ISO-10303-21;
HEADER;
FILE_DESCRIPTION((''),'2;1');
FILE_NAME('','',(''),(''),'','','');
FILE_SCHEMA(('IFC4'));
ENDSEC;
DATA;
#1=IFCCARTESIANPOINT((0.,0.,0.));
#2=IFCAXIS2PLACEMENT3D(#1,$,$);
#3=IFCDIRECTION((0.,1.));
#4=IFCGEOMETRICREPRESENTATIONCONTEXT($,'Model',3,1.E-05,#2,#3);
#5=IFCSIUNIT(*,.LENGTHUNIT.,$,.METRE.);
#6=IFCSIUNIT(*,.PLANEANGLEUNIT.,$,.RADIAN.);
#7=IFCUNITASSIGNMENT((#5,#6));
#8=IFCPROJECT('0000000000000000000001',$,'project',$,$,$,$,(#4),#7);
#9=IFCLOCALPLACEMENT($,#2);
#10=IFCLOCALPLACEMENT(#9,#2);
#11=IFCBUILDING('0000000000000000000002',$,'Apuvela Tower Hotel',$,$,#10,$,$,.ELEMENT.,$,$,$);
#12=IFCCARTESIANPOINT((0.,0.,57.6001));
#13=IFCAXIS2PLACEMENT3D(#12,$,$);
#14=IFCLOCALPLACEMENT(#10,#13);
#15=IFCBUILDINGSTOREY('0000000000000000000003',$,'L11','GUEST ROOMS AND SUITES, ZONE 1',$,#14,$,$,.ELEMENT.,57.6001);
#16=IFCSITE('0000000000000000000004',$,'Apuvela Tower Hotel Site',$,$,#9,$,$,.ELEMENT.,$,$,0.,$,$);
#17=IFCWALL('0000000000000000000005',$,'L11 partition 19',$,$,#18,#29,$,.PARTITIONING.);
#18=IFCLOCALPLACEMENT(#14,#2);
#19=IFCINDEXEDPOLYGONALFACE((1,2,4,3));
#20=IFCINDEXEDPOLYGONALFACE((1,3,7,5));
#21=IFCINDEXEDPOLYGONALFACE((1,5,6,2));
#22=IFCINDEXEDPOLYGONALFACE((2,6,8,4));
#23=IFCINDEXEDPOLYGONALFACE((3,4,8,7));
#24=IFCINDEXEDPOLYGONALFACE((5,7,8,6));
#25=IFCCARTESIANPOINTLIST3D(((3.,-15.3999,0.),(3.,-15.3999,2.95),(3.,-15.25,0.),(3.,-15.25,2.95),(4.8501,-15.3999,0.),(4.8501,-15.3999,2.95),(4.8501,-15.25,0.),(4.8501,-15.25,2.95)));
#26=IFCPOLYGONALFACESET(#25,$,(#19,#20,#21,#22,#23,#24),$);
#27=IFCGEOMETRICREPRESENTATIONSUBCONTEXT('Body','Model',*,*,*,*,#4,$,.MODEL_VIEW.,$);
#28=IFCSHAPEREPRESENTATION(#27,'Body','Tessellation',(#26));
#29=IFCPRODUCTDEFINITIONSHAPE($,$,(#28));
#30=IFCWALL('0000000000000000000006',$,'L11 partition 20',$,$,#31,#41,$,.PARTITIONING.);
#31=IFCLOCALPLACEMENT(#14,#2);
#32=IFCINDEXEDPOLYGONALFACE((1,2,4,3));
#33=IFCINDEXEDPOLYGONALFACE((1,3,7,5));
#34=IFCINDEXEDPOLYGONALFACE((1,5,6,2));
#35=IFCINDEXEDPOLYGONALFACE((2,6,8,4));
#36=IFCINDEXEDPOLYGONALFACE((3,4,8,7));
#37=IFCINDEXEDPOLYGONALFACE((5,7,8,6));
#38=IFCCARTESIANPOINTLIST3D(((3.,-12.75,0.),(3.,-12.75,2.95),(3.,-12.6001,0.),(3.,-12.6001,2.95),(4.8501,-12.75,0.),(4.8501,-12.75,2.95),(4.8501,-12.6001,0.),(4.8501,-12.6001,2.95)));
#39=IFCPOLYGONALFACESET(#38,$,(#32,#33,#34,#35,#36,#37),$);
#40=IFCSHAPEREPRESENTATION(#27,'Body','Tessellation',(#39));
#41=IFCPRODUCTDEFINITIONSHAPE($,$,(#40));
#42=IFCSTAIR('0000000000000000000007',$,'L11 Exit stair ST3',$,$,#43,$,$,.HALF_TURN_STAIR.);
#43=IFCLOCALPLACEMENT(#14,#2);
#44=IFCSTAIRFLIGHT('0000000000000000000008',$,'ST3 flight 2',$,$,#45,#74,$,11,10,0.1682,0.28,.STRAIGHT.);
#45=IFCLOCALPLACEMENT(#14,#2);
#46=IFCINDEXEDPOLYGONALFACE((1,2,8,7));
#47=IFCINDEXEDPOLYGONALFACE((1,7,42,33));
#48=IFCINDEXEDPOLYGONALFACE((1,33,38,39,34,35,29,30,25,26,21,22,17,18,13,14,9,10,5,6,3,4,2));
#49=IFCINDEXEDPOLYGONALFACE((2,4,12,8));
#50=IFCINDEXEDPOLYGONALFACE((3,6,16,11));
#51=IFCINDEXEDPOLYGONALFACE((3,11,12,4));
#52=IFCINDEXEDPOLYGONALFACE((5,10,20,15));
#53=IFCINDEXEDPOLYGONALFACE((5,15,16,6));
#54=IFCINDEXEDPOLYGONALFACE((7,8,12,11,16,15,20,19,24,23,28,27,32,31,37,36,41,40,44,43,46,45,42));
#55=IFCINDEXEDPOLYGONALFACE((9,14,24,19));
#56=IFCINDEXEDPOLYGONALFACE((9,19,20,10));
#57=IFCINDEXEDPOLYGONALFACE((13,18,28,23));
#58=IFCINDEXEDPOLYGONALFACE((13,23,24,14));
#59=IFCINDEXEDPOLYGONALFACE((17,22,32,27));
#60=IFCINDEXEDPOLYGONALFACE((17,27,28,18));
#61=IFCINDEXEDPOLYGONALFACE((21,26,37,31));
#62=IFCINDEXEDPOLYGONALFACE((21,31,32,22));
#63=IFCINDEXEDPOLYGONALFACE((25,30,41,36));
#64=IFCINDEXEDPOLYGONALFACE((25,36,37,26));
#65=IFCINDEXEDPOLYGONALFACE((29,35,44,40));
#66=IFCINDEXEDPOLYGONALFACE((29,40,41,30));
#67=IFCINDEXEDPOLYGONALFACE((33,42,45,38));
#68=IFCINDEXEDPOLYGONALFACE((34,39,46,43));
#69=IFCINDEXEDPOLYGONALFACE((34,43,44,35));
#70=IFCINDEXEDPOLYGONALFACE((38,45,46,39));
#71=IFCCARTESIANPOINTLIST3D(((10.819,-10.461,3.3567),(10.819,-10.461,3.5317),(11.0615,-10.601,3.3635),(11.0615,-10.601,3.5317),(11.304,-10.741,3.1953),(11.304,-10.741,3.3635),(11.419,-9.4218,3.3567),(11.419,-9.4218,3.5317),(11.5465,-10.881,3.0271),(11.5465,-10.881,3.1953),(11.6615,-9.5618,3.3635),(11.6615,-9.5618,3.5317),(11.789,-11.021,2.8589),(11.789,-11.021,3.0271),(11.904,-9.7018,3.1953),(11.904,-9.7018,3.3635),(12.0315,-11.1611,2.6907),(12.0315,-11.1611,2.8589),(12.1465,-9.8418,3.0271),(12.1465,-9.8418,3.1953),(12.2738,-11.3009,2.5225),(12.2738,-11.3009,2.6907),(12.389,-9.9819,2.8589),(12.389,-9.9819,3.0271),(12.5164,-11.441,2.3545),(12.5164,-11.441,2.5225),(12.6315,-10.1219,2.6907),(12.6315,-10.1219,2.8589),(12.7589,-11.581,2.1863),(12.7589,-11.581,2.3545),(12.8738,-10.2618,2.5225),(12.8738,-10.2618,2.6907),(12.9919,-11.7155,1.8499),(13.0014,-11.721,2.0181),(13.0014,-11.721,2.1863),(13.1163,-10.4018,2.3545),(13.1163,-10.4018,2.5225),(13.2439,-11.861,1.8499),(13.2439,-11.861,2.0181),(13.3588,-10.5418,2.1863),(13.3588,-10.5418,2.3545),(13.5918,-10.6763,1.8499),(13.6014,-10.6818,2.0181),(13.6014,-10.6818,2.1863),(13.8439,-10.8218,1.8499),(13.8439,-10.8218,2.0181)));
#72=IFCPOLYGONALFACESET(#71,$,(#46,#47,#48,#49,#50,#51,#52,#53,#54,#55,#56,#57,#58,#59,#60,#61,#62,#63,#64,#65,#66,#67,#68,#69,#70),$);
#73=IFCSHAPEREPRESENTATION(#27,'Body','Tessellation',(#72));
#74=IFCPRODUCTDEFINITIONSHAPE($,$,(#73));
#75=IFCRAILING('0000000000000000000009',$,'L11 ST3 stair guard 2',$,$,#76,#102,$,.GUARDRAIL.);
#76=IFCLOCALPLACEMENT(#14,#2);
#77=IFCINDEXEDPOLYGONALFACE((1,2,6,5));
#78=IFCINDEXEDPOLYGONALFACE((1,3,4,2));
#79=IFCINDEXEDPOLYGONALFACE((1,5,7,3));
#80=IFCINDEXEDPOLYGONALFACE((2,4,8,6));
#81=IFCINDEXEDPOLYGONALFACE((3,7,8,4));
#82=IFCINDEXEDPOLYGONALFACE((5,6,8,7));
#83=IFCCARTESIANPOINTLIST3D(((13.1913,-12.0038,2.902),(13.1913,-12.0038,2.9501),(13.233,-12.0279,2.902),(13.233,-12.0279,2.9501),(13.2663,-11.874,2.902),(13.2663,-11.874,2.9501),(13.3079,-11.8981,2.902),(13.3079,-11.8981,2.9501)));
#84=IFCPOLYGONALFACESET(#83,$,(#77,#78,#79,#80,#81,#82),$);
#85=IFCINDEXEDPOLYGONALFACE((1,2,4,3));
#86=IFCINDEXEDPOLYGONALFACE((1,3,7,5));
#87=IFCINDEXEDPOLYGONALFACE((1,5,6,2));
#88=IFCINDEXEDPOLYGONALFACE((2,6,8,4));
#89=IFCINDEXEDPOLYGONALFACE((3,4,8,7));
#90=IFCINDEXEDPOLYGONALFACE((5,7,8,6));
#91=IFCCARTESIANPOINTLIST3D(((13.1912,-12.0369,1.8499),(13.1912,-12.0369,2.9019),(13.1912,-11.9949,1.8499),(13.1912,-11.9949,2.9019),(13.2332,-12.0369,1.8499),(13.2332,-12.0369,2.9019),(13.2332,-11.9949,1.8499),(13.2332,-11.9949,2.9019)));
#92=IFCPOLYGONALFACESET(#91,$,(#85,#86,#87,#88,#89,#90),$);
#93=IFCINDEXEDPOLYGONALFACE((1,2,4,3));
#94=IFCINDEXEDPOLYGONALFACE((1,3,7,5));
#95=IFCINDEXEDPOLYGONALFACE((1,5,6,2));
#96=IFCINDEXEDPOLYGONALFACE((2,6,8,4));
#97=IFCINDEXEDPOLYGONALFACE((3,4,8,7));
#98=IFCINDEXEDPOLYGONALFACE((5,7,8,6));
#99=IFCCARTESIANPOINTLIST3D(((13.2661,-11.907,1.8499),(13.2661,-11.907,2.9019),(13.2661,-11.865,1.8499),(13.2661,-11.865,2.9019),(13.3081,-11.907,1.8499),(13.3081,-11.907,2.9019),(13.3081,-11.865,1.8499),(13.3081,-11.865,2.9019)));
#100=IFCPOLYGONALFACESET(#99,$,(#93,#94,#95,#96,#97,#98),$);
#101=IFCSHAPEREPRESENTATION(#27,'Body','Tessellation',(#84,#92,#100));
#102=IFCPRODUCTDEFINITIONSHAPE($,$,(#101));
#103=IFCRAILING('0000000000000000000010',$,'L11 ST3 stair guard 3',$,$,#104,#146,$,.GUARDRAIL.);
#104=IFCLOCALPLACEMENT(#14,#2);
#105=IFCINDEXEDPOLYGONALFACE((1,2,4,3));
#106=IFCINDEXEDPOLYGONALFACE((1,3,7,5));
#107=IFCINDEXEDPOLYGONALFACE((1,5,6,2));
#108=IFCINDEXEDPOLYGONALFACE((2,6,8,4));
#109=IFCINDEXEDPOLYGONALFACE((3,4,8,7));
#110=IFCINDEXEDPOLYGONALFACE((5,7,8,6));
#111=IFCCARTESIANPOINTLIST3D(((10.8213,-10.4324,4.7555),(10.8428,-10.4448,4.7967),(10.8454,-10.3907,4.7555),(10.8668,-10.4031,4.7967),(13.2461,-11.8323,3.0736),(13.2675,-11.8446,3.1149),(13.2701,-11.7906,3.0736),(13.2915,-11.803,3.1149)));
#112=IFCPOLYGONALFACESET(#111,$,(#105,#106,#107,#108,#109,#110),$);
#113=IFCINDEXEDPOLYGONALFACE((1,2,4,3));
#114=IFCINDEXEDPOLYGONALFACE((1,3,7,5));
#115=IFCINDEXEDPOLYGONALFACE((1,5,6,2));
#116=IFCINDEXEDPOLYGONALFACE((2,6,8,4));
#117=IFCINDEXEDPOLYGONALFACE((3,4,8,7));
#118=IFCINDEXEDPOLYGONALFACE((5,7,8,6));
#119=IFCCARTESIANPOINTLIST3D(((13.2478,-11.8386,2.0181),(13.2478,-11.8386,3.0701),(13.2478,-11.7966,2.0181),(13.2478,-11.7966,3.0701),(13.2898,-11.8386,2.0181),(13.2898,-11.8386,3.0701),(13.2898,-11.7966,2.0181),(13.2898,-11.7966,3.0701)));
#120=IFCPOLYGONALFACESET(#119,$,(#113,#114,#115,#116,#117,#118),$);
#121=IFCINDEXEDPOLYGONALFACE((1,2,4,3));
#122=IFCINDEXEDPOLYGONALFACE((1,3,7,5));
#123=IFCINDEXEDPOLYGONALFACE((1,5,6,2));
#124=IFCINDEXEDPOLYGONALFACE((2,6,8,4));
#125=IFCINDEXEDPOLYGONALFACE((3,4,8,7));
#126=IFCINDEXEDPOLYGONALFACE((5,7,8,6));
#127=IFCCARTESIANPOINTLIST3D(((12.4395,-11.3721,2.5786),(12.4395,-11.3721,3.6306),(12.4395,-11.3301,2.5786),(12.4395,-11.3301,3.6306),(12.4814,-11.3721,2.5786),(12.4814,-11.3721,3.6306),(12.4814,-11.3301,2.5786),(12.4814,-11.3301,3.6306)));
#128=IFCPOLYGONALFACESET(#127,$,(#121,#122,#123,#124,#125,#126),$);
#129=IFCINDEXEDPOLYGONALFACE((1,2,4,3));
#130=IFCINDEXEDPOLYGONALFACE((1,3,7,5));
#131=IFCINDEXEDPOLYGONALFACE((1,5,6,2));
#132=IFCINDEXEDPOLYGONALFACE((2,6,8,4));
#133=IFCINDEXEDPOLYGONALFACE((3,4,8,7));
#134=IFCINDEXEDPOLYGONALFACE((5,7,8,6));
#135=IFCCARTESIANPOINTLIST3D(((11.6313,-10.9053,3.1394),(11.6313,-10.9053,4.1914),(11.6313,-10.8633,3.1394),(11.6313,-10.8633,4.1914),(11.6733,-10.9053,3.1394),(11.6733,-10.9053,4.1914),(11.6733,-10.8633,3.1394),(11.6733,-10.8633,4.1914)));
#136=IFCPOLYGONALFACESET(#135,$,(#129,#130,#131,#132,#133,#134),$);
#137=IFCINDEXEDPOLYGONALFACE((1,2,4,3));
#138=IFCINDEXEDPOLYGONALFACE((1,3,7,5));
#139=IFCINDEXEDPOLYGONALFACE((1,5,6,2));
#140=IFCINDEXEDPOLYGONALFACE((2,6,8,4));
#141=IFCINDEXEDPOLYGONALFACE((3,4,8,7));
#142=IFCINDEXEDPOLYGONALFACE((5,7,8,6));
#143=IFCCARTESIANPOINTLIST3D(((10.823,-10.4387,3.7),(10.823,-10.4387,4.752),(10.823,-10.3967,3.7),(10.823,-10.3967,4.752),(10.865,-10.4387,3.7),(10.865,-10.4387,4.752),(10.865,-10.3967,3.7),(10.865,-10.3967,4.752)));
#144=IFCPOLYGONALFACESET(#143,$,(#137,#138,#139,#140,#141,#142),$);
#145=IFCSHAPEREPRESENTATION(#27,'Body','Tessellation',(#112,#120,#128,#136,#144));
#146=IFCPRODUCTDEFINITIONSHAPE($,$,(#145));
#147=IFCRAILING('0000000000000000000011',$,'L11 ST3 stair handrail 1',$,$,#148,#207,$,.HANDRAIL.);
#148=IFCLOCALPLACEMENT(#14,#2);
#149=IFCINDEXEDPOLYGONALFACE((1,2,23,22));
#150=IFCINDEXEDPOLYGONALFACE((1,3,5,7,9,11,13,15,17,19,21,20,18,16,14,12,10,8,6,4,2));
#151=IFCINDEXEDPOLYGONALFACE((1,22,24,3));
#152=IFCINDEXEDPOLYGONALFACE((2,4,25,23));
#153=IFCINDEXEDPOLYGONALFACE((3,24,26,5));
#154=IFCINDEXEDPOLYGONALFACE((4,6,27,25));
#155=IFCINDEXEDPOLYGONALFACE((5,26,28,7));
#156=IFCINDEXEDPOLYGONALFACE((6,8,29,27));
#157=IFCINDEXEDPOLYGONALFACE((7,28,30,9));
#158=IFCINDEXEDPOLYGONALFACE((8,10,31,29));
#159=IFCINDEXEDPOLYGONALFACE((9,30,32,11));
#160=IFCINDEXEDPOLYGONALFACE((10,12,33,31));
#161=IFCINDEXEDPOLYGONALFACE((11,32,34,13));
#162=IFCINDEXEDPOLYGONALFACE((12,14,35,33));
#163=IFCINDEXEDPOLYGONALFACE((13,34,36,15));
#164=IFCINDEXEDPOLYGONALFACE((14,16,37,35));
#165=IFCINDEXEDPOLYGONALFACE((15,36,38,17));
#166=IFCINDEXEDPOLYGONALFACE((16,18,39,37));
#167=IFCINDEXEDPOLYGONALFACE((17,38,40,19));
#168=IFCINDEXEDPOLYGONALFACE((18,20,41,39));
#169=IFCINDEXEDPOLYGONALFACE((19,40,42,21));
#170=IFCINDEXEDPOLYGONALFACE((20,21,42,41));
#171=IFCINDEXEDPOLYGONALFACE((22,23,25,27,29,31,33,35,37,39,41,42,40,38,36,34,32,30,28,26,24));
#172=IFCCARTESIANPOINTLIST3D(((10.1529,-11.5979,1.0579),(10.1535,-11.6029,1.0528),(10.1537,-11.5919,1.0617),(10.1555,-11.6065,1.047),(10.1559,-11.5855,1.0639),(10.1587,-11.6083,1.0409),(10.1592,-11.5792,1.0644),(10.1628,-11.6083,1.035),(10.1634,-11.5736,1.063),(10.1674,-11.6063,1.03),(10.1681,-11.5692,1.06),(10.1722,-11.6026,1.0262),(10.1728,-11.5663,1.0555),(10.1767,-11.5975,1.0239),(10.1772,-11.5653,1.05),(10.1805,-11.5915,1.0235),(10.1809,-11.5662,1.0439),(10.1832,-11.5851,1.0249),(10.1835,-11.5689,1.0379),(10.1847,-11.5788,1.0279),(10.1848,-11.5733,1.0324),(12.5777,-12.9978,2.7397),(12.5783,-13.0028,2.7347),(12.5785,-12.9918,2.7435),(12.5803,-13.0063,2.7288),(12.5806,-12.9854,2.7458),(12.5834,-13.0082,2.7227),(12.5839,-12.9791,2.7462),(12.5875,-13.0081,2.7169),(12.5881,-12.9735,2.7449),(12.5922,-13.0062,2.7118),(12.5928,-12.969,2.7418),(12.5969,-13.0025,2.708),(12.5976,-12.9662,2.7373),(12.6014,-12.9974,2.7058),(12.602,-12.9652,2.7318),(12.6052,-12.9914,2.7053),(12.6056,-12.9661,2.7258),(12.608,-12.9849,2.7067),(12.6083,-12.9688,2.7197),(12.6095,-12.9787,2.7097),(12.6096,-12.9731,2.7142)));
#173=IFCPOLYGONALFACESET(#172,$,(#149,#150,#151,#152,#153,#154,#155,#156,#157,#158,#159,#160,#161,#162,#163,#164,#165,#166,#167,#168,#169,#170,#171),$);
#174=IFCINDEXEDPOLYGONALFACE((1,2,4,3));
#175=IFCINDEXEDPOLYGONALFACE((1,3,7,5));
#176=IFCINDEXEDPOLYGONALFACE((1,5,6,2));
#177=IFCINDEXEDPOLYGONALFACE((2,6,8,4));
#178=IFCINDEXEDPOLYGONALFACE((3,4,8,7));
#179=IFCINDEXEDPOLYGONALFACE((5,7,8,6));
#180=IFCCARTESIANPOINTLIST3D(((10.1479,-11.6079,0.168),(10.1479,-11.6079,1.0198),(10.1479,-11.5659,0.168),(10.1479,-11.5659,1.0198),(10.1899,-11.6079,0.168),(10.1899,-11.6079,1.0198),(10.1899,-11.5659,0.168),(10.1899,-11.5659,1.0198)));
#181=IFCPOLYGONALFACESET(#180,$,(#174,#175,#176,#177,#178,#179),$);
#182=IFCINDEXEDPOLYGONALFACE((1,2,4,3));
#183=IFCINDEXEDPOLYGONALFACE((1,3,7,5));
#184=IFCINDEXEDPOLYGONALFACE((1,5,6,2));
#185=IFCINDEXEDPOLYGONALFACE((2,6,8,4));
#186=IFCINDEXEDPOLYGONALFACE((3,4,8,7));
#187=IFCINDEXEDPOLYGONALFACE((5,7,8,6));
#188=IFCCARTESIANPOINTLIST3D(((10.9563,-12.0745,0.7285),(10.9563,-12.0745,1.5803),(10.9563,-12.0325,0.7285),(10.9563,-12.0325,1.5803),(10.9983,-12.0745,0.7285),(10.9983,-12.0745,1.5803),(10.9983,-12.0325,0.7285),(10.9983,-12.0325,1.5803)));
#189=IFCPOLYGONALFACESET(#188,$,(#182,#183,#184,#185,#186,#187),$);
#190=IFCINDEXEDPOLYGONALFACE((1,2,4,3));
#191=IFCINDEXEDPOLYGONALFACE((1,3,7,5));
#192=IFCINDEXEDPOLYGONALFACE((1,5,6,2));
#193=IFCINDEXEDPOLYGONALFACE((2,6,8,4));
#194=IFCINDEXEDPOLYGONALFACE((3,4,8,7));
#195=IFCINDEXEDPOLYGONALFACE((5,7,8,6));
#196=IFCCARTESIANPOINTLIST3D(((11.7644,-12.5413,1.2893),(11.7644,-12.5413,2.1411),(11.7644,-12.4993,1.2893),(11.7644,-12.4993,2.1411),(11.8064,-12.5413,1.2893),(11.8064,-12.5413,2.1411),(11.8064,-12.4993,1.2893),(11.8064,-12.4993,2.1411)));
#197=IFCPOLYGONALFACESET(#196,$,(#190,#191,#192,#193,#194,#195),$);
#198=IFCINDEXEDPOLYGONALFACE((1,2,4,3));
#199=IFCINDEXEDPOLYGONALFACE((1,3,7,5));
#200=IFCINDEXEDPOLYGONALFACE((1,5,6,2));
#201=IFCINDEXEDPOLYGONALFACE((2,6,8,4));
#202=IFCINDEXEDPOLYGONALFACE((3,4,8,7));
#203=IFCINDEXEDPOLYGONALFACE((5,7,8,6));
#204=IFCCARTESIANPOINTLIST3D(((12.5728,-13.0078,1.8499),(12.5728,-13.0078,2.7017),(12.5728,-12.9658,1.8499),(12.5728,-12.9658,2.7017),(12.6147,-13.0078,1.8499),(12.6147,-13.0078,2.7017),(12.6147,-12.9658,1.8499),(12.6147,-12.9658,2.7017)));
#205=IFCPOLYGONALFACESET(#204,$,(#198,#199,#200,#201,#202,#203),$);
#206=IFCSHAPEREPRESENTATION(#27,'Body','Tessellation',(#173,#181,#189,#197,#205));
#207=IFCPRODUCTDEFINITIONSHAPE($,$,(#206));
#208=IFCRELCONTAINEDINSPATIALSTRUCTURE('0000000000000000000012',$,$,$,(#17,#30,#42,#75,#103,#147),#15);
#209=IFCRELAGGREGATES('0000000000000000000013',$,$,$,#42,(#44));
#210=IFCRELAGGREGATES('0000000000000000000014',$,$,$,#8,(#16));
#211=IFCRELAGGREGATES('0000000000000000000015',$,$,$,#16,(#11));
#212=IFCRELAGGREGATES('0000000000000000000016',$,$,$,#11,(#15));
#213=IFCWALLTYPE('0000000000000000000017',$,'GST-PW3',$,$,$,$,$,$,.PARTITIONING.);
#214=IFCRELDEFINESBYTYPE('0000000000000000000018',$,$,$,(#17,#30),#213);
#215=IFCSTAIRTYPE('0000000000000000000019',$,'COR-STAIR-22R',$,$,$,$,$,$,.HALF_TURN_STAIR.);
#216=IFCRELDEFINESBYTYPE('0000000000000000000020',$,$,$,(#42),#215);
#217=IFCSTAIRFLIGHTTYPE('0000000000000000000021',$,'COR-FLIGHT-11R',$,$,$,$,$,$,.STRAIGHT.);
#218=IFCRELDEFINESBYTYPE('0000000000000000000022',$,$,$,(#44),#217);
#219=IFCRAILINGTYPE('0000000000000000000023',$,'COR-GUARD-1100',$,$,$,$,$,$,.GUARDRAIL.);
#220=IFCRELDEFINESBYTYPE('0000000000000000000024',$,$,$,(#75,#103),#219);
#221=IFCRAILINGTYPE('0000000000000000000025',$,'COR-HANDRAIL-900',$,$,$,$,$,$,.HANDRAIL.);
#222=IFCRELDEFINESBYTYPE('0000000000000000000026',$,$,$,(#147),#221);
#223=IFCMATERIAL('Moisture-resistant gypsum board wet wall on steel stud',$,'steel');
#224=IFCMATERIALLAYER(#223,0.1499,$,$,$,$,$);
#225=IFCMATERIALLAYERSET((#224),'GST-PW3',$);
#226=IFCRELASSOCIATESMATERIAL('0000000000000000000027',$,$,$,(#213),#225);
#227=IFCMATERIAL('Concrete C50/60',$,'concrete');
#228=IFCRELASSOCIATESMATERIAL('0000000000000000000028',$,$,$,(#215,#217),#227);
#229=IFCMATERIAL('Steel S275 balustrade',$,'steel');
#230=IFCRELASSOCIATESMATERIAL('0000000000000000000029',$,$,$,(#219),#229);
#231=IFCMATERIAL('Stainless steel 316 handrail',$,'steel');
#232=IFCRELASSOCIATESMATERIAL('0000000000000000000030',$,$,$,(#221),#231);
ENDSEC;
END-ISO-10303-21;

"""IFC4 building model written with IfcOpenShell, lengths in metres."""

from ifc_helpers import new_model, si_unit, direction, frame, frame_2d, origin, origin_2d, place, context, subcontext, project, spatial, polyline, rectangle, circle, outline, extrude, material, layer, layer_set, type_object, element, aggregate, save


model = new_model("IFC4")

# Units and contexts
model_context = context("Model", 3, precision=1e-05, world=origin(), true_north=direction((0.0, 1.0)))
body_context = subcontext(model_context, "Body", "Model", "MODEL_VIEW")
ifc_project = project(units=[si_unit("LENGTHUNIT", "METRE"), si_unit("PLANEANGLEUNIT", "RADIAN")], contexts=[model_context])

# Site, building, storey
site_placement = place(None, origin())
site = spatial("IfcSite", under=ifc_project, at=site_placement, Name="Apuvela Tower Hotel Site", CompositionType="ELEMENT", RefElevation=0.0)
building_placement = place(site_placement, origin())
building = spatial("IfcBuilding", under=site, at=building_placement, Name="Apuvela Tower Hotel", CompositionType="ELEMENT")
storey_placement = place(building_placement, frame((0.0, 0.0, 57.6001)))
storey = spatial("IfcBuildingStorey", under=building, at=storey_placement, Name="L11", Description="GUEST ROOMS AND SUITES, ZONE 1", CompositionType="ELEMENT", Elevation=57.6001)

# Shared definitions
ifc_material_1 = material(Name="Moisture-resistant gypsum board wet wall on steel stud", Category="steel")
ifc_layer_1 = layer(ifc_material_1, 0.1499)
ifc_layer_set_1 = layer_set([ifc_layer_1], Name="GST-PW3")
wall_type_1 = type_object("IfcWallType", Name="GST-PW3", PredefinedType="PARTITIONING", material=ifc_layer_set_1)

# Walls
for number, where, z_axis, x_axis, name in (
    (1, (3.0, -15.325, 0.0), (0.0, 0.0, 1.0), (1.0, 0.0, 0.0), "L11 partition 19"),
    (2, (3.0, -12.675, 0.0), (0.0, 0.0, 1.0), (1.0, 0.0, 0.0), "L11 partition 20"),
):
    element("IfcWall", number, at=place(storey_placement, frame(where, z_axis=z_axis, x_axis=x_axis)), inside=storey, type_object=wall_type_1, Name=name, PredefinedType="PARTITIONING", context=body_context, shape_type="SweptSolid", body=[
        extrude(rectangle(XDim=1.8501, YDim=0.1499, at=frame_2d((0.925, 0.0))), origin(), (0.0, 0.0, 1.0), 2.95),
    ])

# Stair, stair flight
ifc_material_2 = material(Name="Concrete C50/60", Category="concrete")
stair_type = type_object("IfcStairType", Name="COR-STAIR-22R", PredefinedType="HALF_TURN_STAIR", material=ifc_material_2)
stair_placement = place(storey_placement, origin())
stair = element("IfcStair", 3, at=stair_placement, inside=storey, type_object=stair_type, Name="L11 Exit stair ST3", PredefinedType="HALF_TURN_STAIR")
stair_flight_type = type_object("IfcStairFlightType", Name="COR-FLIGHT-11R", PredefinedType="STRAIGHT", material=ifc_material_2)
stair_flight_placement = place(storey_placement, frame((13.5439, -11.3413, 1.8499), z_axis=(0.0, 0.0, 1.0), x_axis=(-0.866025, 0.5, 0.0)))
stair_flight = element("IfcStairFlight", 4, at=stair_flight_placement, type_object=stair_flight_type, Name="ST3 flight 2", NumberOfRisers=11, NumberOfTreads=10, PredefinedType="STRAIGHT", RiserHeight=0.1682, TreadLength=0.28, context=body_context, shape_type="SweptSolid", body=[
    extrude(outline(polyline([(0.0, 0.0), (0.0, 0.1682), (0.28, 0.1682), (0.28, 0.3364), (0.5601, 0.3364), (0.5601, 0.5046), (0.8401, 0.5046), (0.8401, 0.6726), (1.1201, 0.6726), (1.1201, 0.8408), (1.3999, 0.8408), (1.3999, 1.009), (1.6799, 1.009), (1.6799, 1.1772), (1.96, 1.1772), (1.96, 1.3455), (2.24, 1.3455), (2.24, 1.5137), (2.52, 1.5137), (2.52, 1.6819), (2.8, 1.6819), (2.8, 1.8501), (2.8, 1.5068), (0.291, 0.0), (0.0, 0.0)])), frame((0.0, 0.6001, 0.0), z_axis=(0.0, -1.0, 0.0), x_axis=(1.0, 0.0, 0.0)), (0.0, 0.0, 1.0), 1.2),
])
aggregate(stair, [stair_flight])

# Railings
ifc_material_3 = material(Name="Steel S275 balustrade", Category="steel")
railing_type_1 = type_object("IfcRailingType", Name="COR-GUARD-1100", PredefinedType="GUARDRAIL", material=ifc_material_3)
railing_1_placement = place(storey_placement, frame((13.2122, -12.0159, 1.8499)))
element("IfcRailing", 5, at=railing_1_placement, inside=storey, type_object=railing_type_1, Name="L11 ST3 stair guard 2", PredefinedType="GUARDRAIL", context=body_context, shape_type="SweptSolid", body=[
    extrude(rectangle(XDim=0.0481, YDim=0.0481, at=origin_2d()), frame((0.0, 0.0, 1.0762), z_axis=(0.499816, 0.866131, 0.0), x_axis=(-0.866131, 0.499816, 0.0)), (0.0, 0.0, 1.0), 0.1499),
    extrude(rectangle(XDim=0.042, YDim=0.042, at=origin_2d()), origin(), (0.0, 0.0, 1.0), 1.052),
    extrude(rectangle(XDim=0.042, YDim=0.042, at=origin_2d()), frame((0.075, 0.1299, 0.0)), (0.0, 0.0, 1.0), 1.052),
])
railing_2_placement = place(storey_placement, frame((13.2688, -11.8176, 2.0181)))
element("IfcRailing", 6, at=railing_2_placement, inside=storey, type_object=railing_type_1, Name="L11 ST3 stair guard 3", PredefinedType="GUARDRAIL", context=body_context, shape_type="SweptSolid", body=[
    extrude(rectangle(XDim=0.0481, YDim=0.0481, at=origin_2d()), frame((0.0, 0.0, 1.0762), z_axis=(-0.74239, 0.428601, 0.514934), x_axis=(-0.499984, -0.866035, 0.0)), (0.0, 0.0, 1.0), 3.2661),
    extrude(rectangle(XDim=0.042, YDim=0.042, at=origin_2d()), origin(), (0.0, 0.0, 1.0), 1.052),
    extrude(rectangle(XDim=0.042, YDim=0.042, at=origin_2d()), frame((-0.8083, 0.4666, 0.5605)), (0.0, 0.0, 1.0), 1.052),
    extrude(rectangle(XDim=0.042, YDim=0.042, at=origin_2d()), frame((-1.6165, 0.9333, 1.1213)), (0.0, 0.0, 1.0), 1.052),
    extrude(rectangle(XDim=0.042, YDim=0.042, at=origin_2d()), frame((-2.4248, 1.3999, 1.6819)), (0.0, 0.0, 1.0), 1.052),
])
ifc_material_4 = material(Name="Stainless steel 316 handrail", Category="steel")
railing_type_2 = type_object("IfcRailingType", Name="COR-HANDRAIL-900", PredefinedType="HANDRAIL", material=ifc_material_4)
railing_3_placement = place(storey_placement, frame((10.1689, -11.5869, 0.168)))
element("IfcRailing", 7, at=railing_3_placement, inside=storey, type_object=railing_type_2, Name="L11 ST3 stair handrail 1", PredefinedType="HANDRAIL", context=body_context, shape_type="SweptSolid", body=[
    extrude(circle(Radius=0.0239, at=origin_2d()), frame((0.0, 0.0, 0.876), z_axis=(0.74239, -0.428601, 0.514934), x_axis=(0.499984, 0.866035, 0.0)), (0.0, 0.0, 1.0), 3.2661),
    extrude(rectangle(XDim=0.042, YDim=0.042, at=origin_2d()), origin(), (0.0, 0.0, 1.0), 0.8518),
    extrude(rectangle(XDim=0.042, YDim=0.042, at=origin_2d()), frame((0.8083, -0.4666, 0.5605)), (0.0, 0.0, 1.0), 0.8518),
    extrude(rectangle(XDim=0.042, YDim=0.042, at=origin_2d()), frame((1.6165, -0.9333, 1.1213)), (0.0, 0.0, 1.0), 0.8518),
    extrude(rectangle(XDim=0.042, YDim=0.042, at=origin_2d()), frame((2.4248, -1.3999, 1.6819)), (0.0, 0.0, 1.0), 0.8518),
])

save(model, "model.ifc")
